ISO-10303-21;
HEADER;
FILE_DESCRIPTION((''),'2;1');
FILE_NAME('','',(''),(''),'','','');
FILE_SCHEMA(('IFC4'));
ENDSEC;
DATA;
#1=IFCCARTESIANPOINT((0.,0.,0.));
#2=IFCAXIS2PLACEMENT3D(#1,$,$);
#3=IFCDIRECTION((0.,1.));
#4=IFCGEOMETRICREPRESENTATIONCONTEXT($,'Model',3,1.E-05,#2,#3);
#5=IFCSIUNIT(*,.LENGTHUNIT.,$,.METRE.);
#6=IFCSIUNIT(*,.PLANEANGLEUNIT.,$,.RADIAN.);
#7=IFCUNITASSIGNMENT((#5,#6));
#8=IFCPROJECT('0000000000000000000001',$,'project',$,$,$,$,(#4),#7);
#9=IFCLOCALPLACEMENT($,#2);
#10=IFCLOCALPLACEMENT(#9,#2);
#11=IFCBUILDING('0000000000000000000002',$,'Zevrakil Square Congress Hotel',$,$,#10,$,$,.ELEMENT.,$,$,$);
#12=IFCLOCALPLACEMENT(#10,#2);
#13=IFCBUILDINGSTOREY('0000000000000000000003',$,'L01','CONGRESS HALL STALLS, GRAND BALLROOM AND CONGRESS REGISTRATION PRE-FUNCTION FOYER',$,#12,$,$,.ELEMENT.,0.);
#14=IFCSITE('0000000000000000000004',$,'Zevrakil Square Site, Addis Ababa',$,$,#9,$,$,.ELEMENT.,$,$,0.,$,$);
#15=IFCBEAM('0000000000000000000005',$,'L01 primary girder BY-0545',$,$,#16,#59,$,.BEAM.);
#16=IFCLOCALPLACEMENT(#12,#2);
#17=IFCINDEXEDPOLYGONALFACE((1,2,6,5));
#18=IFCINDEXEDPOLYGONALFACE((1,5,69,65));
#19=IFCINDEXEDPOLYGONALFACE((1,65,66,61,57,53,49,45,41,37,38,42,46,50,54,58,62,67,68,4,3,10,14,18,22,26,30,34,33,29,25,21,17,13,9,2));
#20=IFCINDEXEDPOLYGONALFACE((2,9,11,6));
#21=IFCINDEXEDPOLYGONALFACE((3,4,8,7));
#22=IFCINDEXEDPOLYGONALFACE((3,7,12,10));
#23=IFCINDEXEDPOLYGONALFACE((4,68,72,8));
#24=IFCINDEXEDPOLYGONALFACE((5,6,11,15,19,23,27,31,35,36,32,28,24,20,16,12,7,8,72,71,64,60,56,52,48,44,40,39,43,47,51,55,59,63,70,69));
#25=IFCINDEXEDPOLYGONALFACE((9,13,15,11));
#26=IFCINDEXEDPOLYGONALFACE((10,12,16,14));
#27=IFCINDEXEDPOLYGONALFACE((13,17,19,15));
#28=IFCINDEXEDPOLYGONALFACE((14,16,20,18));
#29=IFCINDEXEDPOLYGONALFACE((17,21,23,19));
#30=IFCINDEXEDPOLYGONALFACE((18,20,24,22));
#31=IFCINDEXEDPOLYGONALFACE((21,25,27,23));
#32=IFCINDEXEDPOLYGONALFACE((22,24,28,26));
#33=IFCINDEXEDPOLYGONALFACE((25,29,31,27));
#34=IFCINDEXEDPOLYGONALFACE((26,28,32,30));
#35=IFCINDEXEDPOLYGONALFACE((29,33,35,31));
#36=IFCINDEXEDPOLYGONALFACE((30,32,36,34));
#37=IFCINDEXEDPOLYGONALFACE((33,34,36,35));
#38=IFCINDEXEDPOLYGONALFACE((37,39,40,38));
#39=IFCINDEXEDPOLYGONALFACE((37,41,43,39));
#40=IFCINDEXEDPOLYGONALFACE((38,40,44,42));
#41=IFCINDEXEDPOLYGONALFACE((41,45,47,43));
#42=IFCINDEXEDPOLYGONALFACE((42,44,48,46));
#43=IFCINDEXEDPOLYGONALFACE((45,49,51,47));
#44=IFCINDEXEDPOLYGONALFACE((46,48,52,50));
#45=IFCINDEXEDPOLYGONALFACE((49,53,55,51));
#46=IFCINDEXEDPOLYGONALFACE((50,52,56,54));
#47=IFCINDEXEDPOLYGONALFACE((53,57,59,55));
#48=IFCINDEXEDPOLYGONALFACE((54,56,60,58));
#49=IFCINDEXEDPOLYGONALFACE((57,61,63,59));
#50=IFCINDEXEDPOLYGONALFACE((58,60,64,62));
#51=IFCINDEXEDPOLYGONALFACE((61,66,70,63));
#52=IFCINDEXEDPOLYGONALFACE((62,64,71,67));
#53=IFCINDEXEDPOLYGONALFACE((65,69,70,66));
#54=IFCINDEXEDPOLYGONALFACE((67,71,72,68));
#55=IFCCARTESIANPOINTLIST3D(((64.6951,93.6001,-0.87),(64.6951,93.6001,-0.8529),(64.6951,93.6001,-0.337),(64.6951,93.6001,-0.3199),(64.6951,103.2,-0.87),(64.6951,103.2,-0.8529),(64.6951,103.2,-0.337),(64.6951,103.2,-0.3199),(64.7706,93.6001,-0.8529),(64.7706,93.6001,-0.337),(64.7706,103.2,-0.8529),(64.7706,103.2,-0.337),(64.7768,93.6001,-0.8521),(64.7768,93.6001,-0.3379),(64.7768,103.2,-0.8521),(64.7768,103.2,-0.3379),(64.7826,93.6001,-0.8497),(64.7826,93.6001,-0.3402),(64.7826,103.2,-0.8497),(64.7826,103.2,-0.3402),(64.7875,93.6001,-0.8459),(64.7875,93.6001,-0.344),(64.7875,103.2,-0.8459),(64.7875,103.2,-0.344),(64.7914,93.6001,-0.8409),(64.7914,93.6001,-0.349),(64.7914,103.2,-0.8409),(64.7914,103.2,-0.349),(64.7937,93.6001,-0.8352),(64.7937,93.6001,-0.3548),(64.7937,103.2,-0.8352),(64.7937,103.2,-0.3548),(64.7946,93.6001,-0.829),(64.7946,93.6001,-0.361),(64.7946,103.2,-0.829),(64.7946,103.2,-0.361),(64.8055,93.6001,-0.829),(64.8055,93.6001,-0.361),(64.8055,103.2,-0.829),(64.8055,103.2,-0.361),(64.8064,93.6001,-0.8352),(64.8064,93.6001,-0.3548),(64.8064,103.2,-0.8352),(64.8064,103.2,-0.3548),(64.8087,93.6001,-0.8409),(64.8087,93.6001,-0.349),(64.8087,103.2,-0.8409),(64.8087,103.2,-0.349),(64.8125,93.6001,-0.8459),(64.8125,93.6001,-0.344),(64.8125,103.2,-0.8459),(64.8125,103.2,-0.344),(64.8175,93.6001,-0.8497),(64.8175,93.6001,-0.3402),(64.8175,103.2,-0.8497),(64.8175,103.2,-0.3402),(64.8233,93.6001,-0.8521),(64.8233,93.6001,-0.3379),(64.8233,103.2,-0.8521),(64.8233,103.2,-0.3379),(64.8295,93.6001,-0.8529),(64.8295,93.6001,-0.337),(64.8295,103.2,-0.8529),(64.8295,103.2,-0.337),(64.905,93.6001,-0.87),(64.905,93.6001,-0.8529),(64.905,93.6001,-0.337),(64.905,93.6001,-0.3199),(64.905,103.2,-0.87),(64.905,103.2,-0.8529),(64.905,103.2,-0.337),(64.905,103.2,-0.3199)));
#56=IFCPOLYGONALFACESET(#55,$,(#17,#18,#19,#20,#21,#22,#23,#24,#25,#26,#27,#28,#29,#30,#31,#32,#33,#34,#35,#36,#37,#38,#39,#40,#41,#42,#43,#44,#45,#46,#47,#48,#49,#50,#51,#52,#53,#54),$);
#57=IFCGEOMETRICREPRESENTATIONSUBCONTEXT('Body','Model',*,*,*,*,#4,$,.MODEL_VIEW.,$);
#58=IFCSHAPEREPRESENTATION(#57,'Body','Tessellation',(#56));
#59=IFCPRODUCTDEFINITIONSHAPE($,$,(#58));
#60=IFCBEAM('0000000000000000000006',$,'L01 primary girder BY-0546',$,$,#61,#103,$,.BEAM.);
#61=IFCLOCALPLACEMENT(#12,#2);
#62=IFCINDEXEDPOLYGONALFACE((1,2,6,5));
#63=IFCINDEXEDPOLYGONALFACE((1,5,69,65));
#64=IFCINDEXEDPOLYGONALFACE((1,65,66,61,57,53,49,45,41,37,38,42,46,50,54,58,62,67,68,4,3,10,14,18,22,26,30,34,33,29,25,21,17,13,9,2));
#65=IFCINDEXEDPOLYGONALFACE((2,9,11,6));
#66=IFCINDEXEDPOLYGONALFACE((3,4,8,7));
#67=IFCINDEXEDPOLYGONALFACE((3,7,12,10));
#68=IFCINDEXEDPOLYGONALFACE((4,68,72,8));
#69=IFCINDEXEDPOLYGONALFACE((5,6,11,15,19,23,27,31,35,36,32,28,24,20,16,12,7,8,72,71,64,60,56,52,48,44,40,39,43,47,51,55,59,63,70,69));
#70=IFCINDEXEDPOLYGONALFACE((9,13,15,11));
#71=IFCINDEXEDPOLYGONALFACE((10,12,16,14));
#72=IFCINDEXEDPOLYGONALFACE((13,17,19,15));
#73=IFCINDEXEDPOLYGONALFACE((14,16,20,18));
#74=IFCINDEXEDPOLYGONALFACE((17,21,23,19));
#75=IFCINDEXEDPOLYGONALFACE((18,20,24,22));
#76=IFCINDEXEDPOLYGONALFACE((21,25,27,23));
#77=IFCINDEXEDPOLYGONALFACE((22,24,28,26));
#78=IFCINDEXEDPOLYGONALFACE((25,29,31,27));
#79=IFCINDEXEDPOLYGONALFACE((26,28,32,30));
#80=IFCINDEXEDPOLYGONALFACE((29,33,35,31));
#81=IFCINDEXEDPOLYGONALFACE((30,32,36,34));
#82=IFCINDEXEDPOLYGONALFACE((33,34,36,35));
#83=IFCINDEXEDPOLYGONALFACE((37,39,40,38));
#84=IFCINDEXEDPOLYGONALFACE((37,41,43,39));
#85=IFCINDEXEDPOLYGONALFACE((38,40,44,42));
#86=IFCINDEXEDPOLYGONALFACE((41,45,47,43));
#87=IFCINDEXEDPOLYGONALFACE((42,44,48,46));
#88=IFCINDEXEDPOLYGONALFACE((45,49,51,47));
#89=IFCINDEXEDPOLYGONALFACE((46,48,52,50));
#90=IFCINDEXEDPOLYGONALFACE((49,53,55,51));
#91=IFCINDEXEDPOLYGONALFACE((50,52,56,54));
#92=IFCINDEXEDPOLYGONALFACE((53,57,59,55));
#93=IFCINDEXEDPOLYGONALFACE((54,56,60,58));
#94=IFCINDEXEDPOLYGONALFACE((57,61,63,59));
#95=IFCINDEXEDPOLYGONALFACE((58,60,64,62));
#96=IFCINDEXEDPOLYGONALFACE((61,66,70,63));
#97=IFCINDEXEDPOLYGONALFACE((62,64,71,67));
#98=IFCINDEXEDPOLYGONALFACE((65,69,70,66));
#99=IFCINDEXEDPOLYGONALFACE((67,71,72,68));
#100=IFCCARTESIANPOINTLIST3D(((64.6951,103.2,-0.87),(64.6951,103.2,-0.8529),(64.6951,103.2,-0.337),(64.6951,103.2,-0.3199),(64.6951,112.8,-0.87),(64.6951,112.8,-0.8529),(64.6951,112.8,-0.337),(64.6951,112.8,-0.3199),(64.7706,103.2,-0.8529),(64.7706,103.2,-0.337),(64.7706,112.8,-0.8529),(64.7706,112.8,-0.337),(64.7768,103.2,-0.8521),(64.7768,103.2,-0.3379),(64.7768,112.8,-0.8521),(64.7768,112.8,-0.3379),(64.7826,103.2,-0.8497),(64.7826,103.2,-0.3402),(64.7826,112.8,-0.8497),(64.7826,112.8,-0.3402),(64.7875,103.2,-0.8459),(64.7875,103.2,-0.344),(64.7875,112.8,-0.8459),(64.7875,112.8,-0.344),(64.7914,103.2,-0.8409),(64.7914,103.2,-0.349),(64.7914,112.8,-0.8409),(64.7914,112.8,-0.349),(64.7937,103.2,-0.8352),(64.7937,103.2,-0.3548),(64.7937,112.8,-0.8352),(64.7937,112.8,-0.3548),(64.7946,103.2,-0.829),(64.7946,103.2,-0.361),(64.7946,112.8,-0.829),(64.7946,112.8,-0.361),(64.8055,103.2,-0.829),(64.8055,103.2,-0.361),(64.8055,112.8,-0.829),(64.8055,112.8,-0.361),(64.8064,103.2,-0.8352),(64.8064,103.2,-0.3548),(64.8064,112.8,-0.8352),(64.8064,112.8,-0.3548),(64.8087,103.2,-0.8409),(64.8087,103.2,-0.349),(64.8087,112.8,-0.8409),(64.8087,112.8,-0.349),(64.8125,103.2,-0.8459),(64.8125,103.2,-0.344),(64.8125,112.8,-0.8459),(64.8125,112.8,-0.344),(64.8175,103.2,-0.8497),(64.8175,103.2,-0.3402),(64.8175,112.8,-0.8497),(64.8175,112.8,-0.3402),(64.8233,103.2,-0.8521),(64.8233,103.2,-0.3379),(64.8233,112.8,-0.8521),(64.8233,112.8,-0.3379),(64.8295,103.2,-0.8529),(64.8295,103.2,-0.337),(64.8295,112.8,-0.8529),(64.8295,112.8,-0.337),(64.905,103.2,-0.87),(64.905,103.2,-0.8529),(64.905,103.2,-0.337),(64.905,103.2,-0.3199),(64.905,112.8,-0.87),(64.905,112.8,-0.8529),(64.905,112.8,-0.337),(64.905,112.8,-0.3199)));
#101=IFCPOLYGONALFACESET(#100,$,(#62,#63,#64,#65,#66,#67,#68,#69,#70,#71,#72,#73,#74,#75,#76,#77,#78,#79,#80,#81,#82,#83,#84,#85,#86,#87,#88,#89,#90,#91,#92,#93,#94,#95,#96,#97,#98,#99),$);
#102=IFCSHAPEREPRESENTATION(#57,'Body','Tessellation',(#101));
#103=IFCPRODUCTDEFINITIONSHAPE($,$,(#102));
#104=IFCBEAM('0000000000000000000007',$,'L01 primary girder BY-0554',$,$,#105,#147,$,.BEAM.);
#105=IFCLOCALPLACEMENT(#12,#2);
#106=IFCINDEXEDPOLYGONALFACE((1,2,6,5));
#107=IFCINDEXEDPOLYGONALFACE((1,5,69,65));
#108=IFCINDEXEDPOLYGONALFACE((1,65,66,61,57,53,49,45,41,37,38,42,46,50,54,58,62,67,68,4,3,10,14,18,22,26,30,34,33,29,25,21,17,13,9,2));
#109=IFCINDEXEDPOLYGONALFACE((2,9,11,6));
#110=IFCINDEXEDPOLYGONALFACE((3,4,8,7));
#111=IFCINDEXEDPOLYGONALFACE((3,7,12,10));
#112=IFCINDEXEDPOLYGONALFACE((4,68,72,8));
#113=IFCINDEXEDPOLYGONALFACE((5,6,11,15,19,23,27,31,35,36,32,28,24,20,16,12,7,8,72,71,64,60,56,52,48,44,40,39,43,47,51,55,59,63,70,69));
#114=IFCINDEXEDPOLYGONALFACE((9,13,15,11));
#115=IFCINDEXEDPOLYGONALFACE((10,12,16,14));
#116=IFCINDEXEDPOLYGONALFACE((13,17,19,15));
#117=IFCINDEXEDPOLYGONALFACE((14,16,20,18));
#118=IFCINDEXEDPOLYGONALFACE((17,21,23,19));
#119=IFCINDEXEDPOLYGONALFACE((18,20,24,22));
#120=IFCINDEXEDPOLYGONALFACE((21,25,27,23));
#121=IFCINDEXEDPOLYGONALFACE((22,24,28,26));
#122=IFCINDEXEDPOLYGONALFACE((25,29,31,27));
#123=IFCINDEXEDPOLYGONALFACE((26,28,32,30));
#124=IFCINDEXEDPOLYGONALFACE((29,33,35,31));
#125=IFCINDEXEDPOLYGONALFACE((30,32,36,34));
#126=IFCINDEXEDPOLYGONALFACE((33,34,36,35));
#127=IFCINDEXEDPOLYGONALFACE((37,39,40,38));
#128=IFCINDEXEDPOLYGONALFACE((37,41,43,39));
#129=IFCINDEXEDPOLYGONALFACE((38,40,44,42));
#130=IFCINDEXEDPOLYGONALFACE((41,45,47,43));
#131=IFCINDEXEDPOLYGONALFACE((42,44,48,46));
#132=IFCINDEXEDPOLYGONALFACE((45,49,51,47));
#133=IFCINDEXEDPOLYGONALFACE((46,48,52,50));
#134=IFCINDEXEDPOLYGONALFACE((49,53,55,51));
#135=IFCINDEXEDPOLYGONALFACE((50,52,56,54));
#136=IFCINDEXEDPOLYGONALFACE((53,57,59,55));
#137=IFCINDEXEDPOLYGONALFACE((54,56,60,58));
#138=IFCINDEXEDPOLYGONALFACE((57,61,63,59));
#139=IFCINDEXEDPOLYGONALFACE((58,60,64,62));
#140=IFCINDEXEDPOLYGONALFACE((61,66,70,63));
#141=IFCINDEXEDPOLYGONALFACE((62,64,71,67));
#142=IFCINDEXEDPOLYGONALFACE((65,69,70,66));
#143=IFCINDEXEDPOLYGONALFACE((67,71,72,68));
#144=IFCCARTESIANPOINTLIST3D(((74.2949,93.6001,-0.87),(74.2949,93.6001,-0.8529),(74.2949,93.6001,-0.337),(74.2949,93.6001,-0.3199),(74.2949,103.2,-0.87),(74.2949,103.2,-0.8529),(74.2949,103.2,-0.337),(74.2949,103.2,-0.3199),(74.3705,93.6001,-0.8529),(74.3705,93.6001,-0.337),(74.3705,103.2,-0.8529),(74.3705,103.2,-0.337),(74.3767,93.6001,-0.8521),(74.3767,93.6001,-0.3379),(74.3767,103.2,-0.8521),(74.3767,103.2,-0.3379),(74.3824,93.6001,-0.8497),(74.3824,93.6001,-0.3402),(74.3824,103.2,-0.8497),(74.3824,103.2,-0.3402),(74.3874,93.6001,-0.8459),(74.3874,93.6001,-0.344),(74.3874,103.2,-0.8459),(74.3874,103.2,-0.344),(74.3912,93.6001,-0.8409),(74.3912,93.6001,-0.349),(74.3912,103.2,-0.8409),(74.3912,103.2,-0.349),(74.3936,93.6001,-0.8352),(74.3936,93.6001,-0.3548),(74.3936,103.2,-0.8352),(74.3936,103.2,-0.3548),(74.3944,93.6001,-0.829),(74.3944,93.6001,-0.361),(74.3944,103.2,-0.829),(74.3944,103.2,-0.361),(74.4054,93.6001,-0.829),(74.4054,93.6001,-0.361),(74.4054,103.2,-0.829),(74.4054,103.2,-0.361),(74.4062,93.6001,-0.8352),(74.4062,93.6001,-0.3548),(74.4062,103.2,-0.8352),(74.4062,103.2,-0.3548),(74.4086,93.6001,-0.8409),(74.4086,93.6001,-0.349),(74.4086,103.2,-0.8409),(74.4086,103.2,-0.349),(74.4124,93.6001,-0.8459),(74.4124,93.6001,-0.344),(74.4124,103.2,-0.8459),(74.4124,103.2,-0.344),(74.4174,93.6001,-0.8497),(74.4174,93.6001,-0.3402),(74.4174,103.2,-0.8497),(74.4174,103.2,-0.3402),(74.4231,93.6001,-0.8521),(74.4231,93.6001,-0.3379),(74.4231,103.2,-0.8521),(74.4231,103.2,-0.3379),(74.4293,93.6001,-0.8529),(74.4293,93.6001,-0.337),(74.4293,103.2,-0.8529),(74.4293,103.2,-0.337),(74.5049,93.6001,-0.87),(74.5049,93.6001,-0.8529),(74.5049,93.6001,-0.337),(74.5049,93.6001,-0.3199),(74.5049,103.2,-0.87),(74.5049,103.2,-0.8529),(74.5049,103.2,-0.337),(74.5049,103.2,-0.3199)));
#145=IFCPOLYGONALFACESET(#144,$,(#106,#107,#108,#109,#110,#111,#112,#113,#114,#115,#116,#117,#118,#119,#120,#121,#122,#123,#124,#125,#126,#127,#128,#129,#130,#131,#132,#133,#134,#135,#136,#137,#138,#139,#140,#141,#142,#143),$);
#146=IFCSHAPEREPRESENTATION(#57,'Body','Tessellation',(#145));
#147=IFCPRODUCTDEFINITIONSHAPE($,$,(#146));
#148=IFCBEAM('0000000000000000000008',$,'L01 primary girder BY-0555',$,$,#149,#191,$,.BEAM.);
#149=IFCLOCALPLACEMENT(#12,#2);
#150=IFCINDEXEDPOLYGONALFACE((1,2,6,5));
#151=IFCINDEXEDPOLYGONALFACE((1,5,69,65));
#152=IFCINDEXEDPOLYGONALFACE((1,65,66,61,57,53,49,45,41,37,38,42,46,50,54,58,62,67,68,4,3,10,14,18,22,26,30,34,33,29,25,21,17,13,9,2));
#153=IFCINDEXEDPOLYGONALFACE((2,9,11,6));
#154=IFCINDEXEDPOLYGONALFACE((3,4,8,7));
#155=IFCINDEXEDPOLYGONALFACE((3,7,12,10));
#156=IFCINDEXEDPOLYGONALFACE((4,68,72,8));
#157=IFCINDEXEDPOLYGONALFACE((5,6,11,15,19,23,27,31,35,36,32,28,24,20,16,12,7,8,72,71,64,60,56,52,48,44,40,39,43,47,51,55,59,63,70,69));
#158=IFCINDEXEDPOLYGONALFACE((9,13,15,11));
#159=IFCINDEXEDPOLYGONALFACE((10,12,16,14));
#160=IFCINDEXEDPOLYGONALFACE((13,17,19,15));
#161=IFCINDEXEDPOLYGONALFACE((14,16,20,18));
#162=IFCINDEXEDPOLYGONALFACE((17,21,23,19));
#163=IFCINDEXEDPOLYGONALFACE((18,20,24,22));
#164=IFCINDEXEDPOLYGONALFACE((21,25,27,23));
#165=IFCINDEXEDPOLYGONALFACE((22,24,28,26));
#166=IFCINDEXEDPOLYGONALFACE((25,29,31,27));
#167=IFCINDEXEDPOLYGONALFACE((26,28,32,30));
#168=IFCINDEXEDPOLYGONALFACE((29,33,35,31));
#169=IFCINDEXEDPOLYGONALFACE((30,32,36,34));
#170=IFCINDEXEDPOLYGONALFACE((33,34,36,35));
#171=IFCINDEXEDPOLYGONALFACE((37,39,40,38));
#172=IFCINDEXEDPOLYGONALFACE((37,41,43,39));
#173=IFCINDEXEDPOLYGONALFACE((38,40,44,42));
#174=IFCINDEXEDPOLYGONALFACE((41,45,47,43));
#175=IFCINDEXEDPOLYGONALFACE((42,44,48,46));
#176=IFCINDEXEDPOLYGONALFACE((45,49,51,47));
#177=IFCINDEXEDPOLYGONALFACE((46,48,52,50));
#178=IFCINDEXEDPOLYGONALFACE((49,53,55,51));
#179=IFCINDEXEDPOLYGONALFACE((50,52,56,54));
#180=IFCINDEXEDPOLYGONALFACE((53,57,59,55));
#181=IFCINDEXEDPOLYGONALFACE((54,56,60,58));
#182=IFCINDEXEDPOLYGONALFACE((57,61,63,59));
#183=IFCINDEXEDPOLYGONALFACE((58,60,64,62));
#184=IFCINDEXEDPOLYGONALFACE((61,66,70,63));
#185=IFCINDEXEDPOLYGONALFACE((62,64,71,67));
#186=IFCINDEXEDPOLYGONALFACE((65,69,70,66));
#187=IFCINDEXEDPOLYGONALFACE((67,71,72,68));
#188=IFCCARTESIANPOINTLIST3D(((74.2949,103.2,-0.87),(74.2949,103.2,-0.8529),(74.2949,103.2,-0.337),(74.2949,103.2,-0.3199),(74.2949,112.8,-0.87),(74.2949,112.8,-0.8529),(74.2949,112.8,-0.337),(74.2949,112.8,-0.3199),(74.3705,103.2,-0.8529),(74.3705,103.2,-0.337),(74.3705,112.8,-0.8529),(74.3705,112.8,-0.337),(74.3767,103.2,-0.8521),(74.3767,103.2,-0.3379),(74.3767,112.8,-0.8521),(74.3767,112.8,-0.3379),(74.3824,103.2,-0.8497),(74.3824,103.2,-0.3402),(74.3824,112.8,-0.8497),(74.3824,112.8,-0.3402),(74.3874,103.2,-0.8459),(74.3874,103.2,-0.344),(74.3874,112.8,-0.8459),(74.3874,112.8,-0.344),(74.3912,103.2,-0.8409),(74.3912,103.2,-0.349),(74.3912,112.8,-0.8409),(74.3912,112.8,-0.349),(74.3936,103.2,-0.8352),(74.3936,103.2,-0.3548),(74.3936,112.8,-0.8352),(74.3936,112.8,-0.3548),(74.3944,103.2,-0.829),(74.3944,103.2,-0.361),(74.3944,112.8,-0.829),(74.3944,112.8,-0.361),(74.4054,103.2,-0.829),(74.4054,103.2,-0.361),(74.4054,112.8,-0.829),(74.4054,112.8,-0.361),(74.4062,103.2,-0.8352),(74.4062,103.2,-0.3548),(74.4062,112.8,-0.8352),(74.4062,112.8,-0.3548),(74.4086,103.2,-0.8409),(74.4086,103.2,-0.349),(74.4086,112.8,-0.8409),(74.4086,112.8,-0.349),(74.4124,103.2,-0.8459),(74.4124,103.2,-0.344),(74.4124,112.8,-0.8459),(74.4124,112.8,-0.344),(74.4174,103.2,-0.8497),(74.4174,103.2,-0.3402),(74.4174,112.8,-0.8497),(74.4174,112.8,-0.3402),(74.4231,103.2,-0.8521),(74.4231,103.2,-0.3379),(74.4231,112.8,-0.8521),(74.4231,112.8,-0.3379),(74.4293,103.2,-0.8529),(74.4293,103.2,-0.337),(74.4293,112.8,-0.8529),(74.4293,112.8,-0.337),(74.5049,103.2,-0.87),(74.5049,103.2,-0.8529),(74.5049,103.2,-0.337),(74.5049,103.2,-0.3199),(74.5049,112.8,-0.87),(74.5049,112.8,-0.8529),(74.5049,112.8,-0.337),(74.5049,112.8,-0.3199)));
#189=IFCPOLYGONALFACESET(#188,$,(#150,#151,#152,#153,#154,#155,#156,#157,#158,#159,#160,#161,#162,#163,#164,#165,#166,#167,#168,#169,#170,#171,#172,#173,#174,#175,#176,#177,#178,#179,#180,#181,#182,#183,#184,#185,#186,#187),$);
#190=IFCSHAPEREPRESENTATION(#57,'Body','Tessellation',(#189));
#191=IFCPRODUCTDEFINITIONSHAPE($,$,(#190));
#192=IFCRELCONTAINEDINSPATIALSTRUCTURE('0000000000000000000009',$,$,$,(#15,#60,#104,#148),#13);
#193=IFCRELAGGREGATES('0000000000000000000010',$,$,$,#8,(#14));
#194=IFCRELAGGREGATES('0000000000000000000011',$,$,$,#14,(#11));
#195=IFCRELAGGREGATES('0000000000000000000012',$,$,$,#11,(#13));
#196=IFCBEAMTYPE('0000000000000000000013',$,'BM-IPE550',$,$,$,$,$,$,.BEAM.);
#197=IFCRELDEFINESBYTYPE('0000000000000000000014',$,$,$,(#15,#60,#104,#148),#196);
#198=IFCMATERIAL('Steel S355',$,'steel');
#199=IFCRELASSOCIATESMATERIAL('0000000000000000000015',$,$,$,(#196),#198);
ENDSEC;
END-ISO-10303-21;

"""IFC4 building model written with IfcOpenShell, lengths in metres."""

from ifc_helpers import new_model, si_unit, direction, frame, origin, origin_2d, place, context, subcontext, project, spatial, i_section, extrude, material, material_profile, profile_set, type_object, element, save


model = new_model("IFC4")

# Units and contexts
model_context = context("Model", 3, precision=1e-05, world=origin(), true_north=direction((0.0, 1.0)))
body_context = subcontext(model_context, "Body", "Model", "MODEL_VIEW")
ifc_project = project(units=[si_unit("LENGTHUNIT", "METRE"), si_unit("PLANEANGLEUNIT", "RADIAN")], contexts=[model_context])

# Site, building, storey
site_placement = place(None, origin())
site = spatial("IfcSite", under=ifc_project, at=site_placement, Name="Zevrakil Square Site, Addis Ababa", CompositionType="ELEMENT", RefElevation=0.0)
building_placement = place(site_placement, origin())
building = spatial("IfcBuilding", under=site, at=building_placement, Name="Zevrakil Square Congress Hotel", CompositionType="ELEMENT")
storey_placement = place(building_placement, origin())
storey = spatial("IfcBuildingStorey", under=building, at=storey_placement, Name="L01", Description="CONGRESS HALL STALLS, GRAND BALLROOM AND CONGRESS REGISTRATION PRE-FUNCTION FOYER", CompositionType="ELEMENT", Elevation=0.0)

# Beams
ifc_material_1 = material(Name="Steel S355", Category="steel")
ifc_material_profile_1 = material_profile(ifc_material_1, i_section(OverallWidth=0.21, OverallDepth=0.55, WebThickness=0.011, FlangeThickness=0.0171, FilletRadius=0.0239, at=origin_2d()), Name="IPE 550")
ifc_profile_set_1 = profile_set([ifc_material_profile_1], Name="Steel S355")
beam_type_1 = type_object("IfcBeamType", Name="BM-IPE550", PredefinedType="BEAM", material=ifc_profile_set_1)
beam_1_placement = place(storey_placement, frame((64.8, 93.6001, -0.595), z_axis=(0.0, 1.0, 0.0), x_axis=(-1.0, 0.0, 0.0)))
element("IfcBeam", 1, at=beam_1_placement, inside=storey, type_object=beam_type_1, Name="L01 primary girder BY-0545", PredefinedType="BEAM", context=body_context, shape_type="SweptSolid", body=[
    extrude(i_section(OverallWidth=0.21, OverallDepth=0.55, WebThickness=0.011, FlangeThickness=0.0171, FilletRadius=0.0239, at=origin_2d()), origin(), (0.0, 0.0, 1.0), 9.5999),
])
beam_2_placement = place(storey_placement, frame((64.8, 103.2, -0.595), z_axis=(0.0, 1.0, 0.0), x_axis=(-1.0, 0.0, 0.0)))
element("IfcBeam", 2, at=beam_2_placement, inside=storey, type_object=beam_type_1, Name="L01 primary girder BY-0546", PredefinedType="BEAM", context=body_context, shape_type="SweptSolid", body=[
    extrude(i_section(OverallWidth=0.21, OverallDepth=0.55, WebThickness=0.011, FlangeThickness=0.0171, FilletRadius=0.0239, at=origin_2d()), origin(), (0.0, 0.0, 1.0), 9.6001),
])
beam_3_placement = place(storey_placement, frame((74.3999, 93.6001, -0.595), z_axis=(0.0, 1.0, 0.0), x_axis=(-1.0, 0.0, 0.0)))
element("IfcBeam", 3, at=beam_3_placement, inside=storey, type_object=beam_type_1, Name="L01 primary girder BY-0554", PredefinedType="BEAM", context=body_context, shape_type="SweptSolid", body=[
    extrude(i_section(OverallWidth=0.21, OverallDepth=0.55, WebThickness=0.011, FlangeThickness=0.0171, FilletRadius=0.0239, at=origin_2d()), origin(), (0.0, 0.0, 1.0), 9.5999),
])
beam_4_placement = place(storey_placement, frame((74.3999, 103.2, -0.595), z_axis=(0.0, 1.0, 0.0), x_axis=(-1.0, 0.0, 0.0)))
element("IfcBeam", 4, at=beam_4_placement, inside=storey, type_object=beam_type_1, Name="L01 primary girder BY-0555", PredefinedType="BEAM", context=body_context, shape_type="SweptSolid", body=[
    extrude(i_section(OverallWidth=0.21, OverallDepth=0.55, WebThickness=0.011, FlangeThickness=0.0171, FilletRadius=0.0239, at=origin_2d()), origin(), (0.0, 0.0, 1.0), 9.6001),
])

save(model, "model.ifc")
